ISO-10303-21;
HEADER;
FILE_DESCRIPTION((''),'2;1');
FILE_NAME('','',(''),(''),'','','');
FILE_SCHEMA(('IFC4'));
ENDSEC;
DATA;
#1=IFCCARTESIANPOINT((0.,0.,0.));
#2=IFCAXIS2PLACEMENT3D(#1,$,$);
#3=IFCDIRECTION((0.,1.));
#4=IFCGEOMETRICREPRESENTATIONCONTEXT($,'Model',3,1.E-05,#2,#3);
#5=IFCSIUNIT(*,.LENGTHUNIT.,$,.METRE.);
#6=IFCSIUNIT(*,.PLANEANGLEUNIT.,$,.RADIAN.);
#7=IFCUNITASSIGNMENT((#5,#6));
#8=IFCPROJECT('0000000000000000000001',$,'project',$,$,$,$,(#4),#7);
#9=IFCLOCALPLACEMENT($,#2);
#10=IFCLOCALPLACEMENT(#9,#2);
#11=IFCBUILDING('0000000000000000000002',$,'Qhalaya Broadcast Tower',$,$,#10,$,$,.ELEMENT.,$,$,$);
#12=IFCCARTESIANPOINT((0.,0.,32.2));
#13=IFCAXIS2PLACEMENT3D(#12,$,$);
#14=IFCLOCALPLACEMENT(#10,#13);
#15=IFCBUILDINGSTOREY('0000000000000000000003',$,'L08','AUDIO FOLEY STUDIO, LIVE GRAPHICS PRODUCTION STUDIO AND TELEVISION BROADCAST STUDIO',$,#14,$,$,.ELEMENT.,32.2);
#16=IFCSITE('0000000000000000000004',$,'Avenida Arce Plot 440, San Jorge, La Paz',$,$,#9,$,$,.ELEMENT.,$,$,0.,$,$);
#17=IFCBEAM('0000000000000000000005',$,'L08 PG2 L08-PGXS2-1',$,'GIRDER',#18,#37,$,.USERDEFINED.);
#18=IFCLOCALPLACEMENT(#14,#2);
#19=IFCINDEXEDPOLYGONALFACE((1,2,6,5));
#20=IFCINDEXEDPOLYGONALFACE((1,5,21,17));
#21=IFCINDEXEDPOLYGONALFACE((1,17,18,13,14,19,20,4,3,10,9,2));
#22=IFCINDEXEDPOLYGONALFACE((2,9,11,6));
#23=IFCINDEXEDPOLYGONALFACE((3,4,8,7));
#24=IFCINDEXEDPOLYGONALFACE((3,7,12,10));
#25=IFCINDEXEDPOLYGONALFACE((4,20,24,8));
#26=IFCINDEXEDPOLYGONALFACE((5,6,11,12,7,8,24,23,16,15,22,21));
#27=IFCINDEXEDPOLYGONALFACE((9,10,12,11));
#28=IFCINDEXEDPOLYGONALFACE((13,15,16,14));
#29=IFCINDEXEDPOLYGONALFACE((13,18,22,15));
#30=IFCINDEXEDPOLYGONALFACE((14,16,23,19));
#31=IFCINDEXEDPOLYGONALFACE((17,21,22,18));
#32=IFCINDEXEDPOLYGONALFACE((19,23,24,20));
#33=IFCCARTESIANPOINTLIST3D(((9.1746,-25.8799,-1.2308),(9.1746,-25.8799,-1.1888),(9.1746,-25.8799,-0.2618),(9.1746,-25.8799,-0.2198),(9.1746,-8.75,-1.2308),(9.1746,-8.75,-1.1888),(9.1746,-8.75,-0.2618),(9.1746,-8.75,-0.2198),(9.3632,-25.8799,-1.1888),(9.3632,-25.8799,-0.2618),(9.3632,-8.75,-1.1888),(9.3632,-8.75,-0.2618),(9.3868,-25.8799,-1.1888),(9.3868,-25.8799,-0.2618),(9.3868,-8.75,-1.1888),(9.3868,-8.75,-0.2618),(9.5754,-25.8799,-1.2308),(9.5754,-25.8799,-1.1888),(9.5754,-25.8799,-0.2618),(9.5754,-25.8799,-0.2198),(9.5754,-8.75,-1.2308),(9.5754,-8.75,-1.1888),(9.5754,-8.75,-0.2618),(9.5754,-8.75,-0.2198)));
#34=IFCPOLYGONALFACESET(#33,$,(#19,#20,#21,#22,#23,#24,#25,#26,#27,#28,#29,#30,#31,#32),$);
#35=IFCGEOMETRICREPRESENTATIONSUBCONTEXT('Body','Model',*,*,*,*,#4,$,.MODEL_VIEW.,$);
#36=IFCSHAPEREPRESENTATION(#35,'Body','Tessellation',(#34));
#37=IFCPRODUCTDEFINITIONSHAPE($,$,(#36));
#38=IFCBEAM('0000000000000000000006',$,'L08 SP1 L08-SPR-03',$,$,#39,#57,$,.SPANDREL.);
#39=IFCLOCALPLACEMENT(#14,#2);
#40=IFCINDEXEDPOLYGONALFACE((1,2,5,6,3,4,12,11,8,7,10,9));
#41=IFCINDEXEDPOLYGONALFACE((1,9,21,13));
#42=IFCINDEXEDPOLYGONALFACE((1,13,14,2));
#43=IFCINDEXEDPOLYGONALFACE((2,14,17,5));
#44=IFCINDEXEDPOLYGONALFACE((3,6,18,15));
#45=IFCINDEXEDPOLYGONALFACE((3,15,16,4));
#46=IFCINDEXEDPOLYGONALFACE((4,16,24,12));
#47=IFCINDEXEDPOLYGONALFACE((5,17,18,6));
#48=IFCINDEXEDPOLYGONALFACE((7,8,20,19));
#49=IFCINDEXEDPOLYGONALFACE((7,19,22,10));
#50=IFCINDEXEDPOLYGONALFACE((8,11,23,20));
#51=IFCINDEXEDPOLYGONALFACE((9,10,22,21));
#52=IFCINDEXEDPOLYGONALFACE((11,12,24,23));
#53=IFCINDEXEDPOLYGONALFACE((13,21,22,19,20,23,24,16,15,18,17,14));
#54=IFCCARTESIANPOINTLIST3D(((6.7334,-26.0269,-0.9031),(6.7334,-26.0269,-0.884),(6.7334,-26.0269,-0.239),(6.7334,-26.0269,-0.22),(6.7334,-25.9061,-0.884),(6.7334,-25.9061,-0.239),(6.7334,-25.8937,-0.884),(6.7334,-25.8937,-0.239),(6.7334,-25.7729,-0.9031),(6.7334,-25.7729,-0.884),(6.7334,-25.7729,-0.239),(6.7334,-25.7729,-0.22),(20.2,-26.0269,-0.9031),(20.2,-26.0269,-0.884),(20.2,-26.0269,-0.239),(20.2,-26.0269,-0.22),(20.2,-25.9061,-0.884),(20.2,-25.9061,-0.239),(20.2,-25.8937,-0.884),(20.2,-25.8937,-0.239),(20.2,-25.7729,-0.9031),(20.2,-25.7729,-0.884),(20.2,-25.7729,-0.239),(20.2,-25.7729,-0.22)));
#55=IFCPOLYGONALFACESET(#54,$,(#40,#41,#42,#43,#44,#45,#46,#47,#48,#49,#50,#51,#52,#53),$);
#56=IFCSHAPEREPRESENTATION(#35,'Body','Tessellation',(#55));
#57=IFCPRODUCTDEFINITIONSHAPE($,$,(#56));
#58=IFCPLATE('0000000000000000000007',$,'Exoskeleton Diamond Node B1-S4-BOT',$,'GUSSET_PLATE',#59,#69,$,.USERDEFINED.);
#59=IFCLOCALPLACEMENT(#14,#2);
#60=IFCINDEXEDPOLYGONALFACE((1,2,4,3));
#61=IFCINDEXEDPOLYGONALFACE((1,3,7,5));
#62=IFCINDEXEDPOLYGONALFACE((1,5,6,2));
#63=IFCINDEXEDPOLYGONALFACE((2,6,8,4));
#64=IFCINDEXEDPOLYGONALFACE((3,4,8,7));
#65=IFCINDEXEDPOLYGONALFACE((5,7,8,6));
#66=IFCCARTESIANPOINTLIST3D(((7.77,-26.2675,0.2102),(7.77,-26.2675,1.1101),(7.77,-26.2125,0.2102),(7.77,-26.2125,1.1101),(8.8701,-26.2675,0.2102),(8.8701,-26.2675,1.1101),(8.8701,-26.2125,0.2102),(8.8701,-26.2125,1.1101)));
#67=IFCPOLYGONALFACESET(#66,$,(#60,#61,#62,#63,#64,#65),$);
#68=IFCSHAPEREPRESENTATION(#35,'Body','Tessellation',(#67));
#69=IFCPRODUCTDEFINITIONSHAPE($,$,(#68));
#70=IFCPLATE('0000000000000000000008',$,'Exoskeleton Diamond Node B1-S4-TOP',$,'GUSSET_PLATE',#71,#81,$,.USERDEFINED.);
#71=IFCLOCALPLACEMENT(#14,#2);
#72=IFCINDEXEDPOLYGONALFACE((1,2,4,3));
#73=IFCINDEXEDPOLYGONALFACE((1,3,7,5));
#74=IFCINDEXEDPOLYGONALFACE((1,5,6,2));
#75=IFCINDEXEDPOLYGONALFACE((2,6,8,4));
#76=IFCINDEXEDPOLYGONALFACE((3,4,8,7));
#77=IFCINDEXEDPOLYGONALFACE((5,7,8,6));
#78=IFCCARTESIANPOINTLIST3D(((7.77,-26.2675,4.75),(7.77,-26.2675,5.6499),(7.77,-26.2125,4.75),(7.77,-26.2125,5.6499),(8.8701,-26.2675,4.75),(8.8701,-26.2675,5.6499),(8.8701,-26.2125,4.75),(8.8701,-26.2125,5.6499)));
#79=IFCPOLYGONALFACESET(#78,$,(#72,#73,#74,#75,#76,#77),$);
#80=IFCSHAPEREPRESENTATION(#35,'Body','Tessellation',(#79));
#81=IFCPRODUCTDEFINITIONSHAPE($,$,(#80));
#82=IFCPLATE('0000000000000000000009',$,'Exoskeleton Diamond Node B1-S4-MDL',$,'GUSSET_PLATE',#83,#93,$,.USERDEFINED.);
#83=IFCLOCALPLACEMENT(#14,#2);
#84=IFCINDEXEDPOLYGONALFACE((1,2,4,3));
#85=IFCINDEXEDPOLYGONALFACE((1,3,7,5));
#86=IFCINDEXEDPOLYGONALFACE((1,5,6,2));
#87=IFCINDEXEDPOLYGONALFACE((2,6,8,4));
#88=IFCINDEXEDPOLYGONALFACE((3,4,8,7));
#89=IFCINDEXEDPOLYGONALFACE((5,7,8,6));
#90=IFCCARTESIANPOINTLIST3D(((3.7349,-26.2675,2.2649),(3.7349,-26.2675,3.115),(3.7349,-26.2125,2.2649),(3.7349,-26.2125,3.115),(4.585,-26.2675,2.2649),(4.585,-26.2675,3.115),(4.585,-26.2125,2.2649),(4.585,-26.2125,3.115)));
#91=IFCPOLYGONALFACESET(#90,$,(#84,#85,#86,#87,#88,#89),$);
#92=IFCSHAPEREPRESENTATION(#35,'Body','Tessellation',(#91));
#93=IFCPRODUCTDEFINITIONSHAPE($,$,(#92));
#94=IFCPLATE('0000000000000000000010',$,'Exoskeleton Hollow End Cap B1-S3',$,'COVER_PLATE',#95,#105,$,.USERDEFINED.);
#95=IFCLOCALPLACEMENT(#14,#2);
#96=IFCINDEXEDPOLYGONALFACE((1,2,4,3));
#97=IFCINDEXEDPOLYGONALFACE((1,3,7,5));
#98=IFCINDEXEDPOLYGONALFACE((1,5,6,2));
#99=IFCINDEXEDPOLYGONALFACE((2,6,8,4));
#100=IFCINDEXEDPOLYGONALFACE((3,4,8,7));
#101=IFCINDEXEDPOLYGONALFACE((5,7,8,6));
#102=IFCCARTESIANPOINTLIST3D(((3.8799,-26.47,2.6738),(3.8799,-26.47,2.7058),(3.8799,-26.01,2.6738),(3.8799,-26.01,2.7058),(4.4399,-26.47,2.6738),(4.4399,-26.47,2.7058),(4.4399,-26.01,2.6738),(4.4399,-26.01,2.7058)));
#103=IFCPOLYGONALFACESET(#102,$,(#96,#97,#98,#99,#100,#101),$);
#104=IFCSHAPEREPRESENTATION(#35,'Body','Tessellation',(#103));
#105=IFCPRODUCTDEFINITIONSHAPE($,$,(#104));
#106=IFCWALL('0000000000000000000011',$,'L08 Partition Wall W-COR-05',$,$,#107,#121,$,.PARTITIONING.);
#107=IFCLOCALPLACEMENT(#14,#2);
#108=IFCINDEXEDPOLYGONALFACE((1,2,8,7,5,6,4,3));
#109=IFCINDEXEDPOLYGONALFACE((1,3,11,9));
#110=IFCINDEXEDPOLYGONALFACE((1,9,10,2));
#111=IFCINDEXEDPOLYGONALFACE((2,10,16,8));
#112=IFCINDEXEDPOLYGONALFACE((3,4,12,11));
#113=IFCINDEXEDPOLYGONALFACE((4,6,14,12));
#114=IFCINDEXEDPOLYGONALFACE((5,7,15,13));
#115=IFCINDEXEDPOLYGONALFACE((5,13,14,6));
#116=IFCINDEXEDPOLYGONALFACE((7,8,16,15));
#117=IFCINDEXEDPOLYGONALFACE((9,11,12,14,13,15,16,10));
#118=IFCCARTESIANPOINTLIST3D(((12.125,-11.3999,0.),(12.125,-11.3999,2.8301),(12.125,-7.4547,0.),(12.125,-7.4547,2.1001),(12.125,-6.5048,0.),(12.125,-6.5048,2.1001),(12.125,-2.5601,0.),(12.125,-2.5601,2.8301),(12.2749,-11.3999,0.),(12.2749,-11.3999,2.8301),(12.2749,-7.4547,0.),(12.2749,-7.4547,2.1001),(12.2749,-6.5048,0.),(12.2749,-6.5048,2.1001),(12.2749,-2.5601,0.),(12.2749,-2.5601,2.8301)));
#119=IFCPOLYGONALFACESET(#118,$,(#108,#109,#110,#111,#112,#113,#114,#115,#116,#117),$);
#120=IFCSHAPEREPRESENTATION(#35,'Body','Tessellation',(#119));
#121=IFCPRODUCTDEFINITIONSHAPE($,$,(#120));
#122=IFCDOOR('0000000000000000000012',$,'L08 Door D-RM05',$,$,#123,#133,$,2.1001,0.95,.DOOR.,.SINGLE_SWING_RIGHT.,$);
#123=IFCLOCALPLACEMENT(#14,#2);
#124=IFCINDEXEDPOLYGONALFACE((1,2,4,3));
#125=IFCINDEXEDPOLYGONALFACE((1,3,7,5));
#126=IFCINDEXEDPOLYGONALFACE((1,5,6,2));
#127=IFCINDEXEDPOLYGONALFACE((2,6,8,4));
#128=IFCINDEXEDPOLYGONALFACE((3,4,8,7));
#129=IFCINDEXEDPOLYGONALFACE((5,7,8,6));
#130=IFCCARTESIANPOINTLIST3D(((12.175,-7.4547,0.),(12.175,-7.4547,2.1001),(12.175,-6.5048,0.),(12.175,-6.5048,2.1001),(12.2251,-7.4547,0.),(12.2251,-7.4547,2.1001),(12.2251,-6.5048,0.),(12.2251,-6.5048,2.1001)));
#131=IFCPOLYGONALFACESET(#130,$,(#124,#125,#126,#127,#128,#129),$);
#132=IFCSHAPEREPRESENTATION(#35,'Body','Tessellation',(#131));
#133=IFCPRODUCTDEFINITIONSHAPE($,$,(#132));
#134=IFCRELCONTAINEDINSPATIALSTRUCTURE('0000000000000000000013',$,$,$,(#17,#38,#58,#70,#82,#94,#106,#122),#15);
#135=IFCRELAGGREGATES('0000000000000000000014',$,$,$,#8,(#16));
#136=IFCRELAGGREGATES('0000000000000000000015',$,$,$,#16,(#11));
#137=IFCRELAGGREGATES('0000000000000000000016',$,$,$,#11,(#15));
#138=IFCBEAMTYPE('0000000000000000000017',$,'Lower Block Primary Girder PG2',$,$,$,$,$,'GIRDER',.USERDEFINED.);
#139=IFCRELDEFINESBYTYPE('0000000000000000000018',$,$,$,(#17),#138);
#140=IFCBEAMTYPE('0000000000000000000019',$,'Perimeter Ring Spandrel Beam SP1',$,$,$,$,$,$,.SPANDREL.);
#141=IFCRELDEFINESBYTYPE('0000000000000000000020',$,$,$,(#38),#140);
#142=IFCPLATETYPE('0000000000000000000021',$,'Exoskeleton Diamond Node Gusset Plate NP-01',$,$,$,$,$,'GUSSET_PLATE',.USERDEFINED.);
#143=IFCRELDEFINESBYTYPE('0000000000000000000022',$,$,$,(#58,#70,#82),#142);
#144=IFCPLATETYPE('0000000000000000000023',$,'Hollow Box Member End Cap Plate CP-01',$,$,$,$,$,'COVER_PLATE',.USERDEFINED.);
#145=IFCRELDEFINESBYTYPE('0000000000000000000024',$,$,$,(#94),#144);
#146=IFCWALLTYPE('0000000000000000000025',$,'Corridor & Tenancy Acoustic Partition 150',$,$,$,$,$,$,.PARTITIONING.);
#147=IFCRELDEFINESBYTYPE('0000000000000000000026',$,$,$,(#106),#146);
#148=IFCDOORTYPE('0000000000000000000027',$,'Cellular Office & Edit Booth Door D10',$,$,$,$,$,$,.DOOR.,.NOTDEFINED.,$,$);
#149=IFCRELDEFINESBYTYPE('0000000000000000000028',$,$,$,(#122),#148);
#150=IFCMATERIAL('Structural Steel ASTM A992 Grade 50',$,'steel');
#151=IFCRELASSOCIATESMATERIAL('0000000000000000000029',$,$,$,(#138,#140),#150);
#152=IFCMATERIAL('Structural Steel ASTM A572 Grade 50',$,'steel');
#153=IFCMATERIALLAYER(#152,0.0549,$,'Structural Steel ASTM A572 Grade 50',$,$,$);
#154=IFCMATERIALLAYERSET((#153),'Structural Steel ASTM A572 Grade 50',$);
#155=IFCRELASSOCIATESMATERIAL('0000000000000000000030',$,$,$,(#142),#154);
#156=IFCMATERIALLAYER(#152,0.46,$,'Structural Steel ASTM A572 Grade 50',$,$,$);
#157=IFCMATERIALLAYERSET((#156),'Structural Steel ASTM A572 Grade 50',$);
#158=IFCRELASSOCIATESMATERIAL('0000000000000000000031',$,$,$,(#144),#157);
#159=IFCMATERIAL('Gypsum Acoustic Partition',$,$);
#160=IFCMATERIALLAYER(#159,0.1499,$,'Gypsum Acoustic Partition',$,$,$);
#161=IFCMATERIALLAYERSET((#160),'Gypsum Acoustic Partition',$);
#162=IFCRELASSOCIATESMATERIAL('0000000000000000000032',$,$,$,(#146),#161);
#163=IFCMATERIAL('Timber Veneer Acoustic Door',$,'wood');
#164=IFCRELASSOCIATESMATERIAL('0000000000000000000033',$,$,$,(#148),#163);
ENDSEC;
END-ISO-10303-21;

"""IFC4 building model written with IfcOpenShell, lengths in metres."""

from ifc_helpers import new_model, si_unit, direction, frame, frame_2d, origin, origin_2d, place, context, subcontext, project, spatial, rectangle, i_section, extrude, material, layer, layer_set, material_profile, profile_set, type_object, element, fill, save


model = new_model("IFC4")

# Units and contexts
model_context = context("Model", 3, precision=1e-05, world=origin(), true_north=direction((0.0, 1.0)))
body_context = subcontext(model_context, "Body", "Model", "MODEL_VIEW")
ifc_project = project(units=[si_unit("LENGTHUNIT", "METRE"), si_unit("PLANEANGLEUNIT", "RADIAN")], contexts=[model_context])

# Site, building, storey
site_placement = place(None, origin())
site = spatial("IfcSite", under=ifc_project, at=site_placement, Name="Avenida Arce Plot 440, San Jorge, La Paz", CompositionType="ELEMENT", RefElevation=0.0)
building_placement = place(site_placement, origin())
building = spatial("IfcBuilding", under=site, at=building_placement, Name="Qhalaya Broadcast Tower", CompositionType="ELEMENT")
storey_placement = place(building_placement, frame((0.0, 0.0, 32.2)))
storey = spatial("IfcBuildingStorey", under=building, at=storey_placement, Name="L08", Description="AUDIO FOLEY STUDIO, LIVE GRAPHICS PRODUCTION STUDIO AND TELEVISION BROADCAST STUDIO", CompositionType="ELEMENT", Elevation=32.2)

# Shared definitions
ifc_material_1 = material(Name="Structural Steel ASTM A572 Grade 50", Category="steel")

# Shared definitions
ifc_material_2 = material(Name="Structural Steel ASTM A992 Grade 50", Category="steel")

# Beams
ifc_material_profile_1 = material_profile(ifc_material_2, i_section(OverallWidth=0.4009, OverallDepth=1.011, WebThickness=0.0237, FlangeThickness=0.042, at=origin_2d()), Name="W40X297")
ifc_profile_set_1 = profile_set([ifc_material_profile_1], Name="Structural Steel ASTM A992 Grade 50")
beam_type_1 = type_object("IfcBeamType", Name="Lower Block Primary Girder PG2", ElementType="GIRDER", PredefinedType="USERDEFINED", material=ifc_profile_set_1)
beam_1_placement = place(storey_placement, frame((9.375, -25.8799, -0.7253), z_axis=(0.0, 1.0, 0.0), x_axis=(-1.0, 0.0, 0.0)))
element("IfcBeam", 1, at=beam_1_placement, inside=storey, type_object=beam_type_1, Name="L08 PG2 L08-PGXS2-1", ObjectType="GIRDER", PredefinedType="USERDEFINED", context=body_context, shape_type="SweptSolid", body=[
    extrude(i_section(OverallWidth=0.4009, OverallDepth=1.011, WebThickness=0.0237, FlangeThickness=0.042, at=origin_2d()), origin(), (0.0, 0.0, 1.0), 17.1299),
])
ifc_material_profile_2 = material_profile(ifc_material_2, i_section(OverallWidth=0.2539, OverallDepth=0.6831, WebThickness=0.0125, FlangeThickness=0.019, at=origin_2d()), Name="W27X94")
ifc_profile_set_2 = profile_set([ifc_material_profile_2], Name="Structural Steel ASTM A992 Grade 50")
beam_type_2 = type_object("IfcBeamType", Name="Perimeter Ring Spandrel Beam SP1", PredefinedType="SPANDREL", material=ifc_profile_set_2)
beam_2_placement = place(storey_placement, frame((6.7334, -25.8999, -0.5615), z_axis=(1.0, 0.0, 0.0), x_axis=(0.0, 1.0, 0.0)))
element("IfcBeam", 2, at=beam_2_placement, inside=storey, type_object=beam_type_2, Name="L08 SP1 L08-SPR-03", PredefinedType="SPANDREL", context=body_context, shape_type="SweptSolid", body=[
    extrude(i_section(OverallWidth=0.2539, OverallDepth=0.6831, WebThickness=0.0125, FlangeThickness=0.019, at=origin_2d()), origin(), (0.0, 0.0, 1.0), 13.4666),
])

# Plates
ifc_layer_1 = layer(ifc_material_1, 0.0549, Name="Structural Steel ASTM A572 Grade 50")
ifc_layer_set_1 = layer_set([ifc_layer_1], Name="Structural Steel ASTM A572 Grade 50")
plate_type_1 = type_object("IfcPlateType", Name="Exoskeleton Diamond Node Gusset Plate NP-01", ElementType="GUSSET_PLATE", PredefinedType="USERDEFINED", material=ifc_layer_set_1)
for number, where, z_axis, x_axis, name in (
    (3, (8.3201, -26.24, 0.2102), (0.0, 0.0, 1.0), (1.0, 0.0, 0.0), "Exoskeleton Diamond Node B1-S4-BOT"),
    (4, (8.3201, -26.24, 4.75), (0.0, 0.0, 1.0), (1.0, 0.0, 0.0), "Exoskeleton Diamond Node B1-S4-TOP"),
):
    element("IfcPlate", number, at=place(storey_placement, frame(where, z_axis=z_axis, x_axis=x_axis)), inside=storey, type_object=plate_type_1, Name=name, ObjectType="GUSSET_PLATE", PredefinedType="USERDEFINED", context=body_context, shape_type="SweptSolid", body=[
        extrude(rectangle(XDim=1.1001, YDim=0.0549, at=origin_2d()), origin(), (0.0, 0.0, 1.0), 0.8999),
    ])
plate_1_placement = place(storey_placement, frame((4.1599, -26.24, 2.2649), z_axis=(0.0, 0.0, 1.0), x_axis=(1.0, 0.0, 0.0)))
element("IfcPlate", 5, at=plate_1_placement, inside=storey, type_object=plate_type_1, Name="Exoskeleton Diamond Node B1-S4-MDL", ObjectType="GUSSET_PLATE", PredefinedType="USERDEFINED", context=body_context, shape_type="SweptSolid", body=[
    extrude(rectangle(XDim=0.8501, YDim=0.0549, at=origin_2d()), origin(), (0.0, 0.0, 1.0), 0.8501),
])
ifc_layer_2 = layer(ifc_material_1, 0.46, Name="Structural Steel ASTM A572 Grade 50")
ifc_layer_set_2 = layer_set([ifc_layer_2], Name="Structural Steel ASTM A572 Grade 50")
plate_type_2 = type_object("IfcPlateType", Name="Hollow Box Member End Cap Plate CP-01", ElementType="COVER_PLATE", PredefinedType="USERDEFINED", material=ifc_layer_set_2)
plate_2_placement = place(storey_placement, frame((4.1599, -26.24, 2.6738), z_axis=(0.0, 0.0, 1.0), x_axis=(1.0, 0.0, 0.0)))
element("IfcPlate", 6, at=plate_2_placement, inside=storey, type_object=plate_type_2, Name="Exoskeleton Hollow End Cap B1-S3", ObjectType="COVER_PLATE", PredefinedType="USERDEFINED", context=body_context, shape_type="SweptSolid", body=[
    extrude(rectangle(XDim=0.5601, YDim=0.46, at=origin_2d()), origin(), (0.0, 0.0, 1.0), 0.032),
])

# Wall, opening, door
ifc_material_3 = material(Name="Gypsum Acoustic Partition")
ifc_layer_3 = layer(ifc_material_3, 0.1499, Name="Gypsum Acoustic Partition")
ifc_layer_set_3 = layer_set([ifc_layer_3], Name="Gypsum Acoustic Partition")
wall_type_1 = type_object("IfcWallType", Name="Corridor & Tenancy Acoustic Partition 150", PredefinedType="PARTITIONING", material=ifc_layer_set_3)
wall_1_placement = place(storey_placement, frame((12.2, -11.3999, 0.0), z_axis=(0.0, 0.0, 1.0), x_axis=(0.0, 1.0, 0.0)))
wall_1 = element("IfcWall", 7, at=wall_1_placement, inside=storey, type_object=wall_type_1, Name="L08 Partition Wall W-COR-05", PredefinedType="PARTITIONING", context=body_context, shape_type="SweptSolid", body=[
    extrude(rectangle(XDim=8.8398, YDim=0.1499, at=frame_2d((4.4199, 0.0))), origin(), (0.0, 0.0, 1.0), 2.8301),
])
opening_1_placement = place(wall_1_placement, frame((3.9451, 0.0, 0.0)))
opening_1 = element("IfcOpeningElement", 8, at=opening_1_placement, cuts=wall_1, PredefinedType="OPENING", context=body_context, shape_type="SweptSolid", body=[
    extrude(rectangle(XDim=0.95, YDim=2.1001, at=frame_2d((0.4751, 1.05))), frame((0.0, 0.0869, 0.0), z_axis=(0.0, -1.0, 0.0), x_axis=(1.0, 0.0, 0.0)), (0.0, 0.0, 1.0), 0.1738),
])
ifc_material_4 = material(Name="Timber Veneer Acoustic Door", Category="wood")
door_type = type_object("IfcDoorType", Name="Cellular Office & Edit Booth Door D10", OperationType="NOTDEFINED", PredefinedType="DOOR", material=ifc_material_4)
door_placement = place(opening_1_placement, origin())
door = element("IfcDoor", 9, at=door_placement, inside=storey, type_object=door_type, Name="L08 Door D-RM05", OperationType="SINGLE_SWING_RIGHT", OverallHeight=2.1001, OverallWidth=0.95, PredefinedType="DOOR", context=body_context, shape_type="SweptSolid", body=[
    extrude(rectangle(XDim=0.95, YDim=2.1001, at=frame_2d((0.4751, 1.05))), frame((0.0, 0.0249, 0.0), z_axis=(0.0, -1.0, 0.0), x_axis=(1.0, 0.0, 0.0)), (0.0, 0.0, 1.0), 0.05),
])
fill(opening_1, door)

save(model, "model.ifc")
